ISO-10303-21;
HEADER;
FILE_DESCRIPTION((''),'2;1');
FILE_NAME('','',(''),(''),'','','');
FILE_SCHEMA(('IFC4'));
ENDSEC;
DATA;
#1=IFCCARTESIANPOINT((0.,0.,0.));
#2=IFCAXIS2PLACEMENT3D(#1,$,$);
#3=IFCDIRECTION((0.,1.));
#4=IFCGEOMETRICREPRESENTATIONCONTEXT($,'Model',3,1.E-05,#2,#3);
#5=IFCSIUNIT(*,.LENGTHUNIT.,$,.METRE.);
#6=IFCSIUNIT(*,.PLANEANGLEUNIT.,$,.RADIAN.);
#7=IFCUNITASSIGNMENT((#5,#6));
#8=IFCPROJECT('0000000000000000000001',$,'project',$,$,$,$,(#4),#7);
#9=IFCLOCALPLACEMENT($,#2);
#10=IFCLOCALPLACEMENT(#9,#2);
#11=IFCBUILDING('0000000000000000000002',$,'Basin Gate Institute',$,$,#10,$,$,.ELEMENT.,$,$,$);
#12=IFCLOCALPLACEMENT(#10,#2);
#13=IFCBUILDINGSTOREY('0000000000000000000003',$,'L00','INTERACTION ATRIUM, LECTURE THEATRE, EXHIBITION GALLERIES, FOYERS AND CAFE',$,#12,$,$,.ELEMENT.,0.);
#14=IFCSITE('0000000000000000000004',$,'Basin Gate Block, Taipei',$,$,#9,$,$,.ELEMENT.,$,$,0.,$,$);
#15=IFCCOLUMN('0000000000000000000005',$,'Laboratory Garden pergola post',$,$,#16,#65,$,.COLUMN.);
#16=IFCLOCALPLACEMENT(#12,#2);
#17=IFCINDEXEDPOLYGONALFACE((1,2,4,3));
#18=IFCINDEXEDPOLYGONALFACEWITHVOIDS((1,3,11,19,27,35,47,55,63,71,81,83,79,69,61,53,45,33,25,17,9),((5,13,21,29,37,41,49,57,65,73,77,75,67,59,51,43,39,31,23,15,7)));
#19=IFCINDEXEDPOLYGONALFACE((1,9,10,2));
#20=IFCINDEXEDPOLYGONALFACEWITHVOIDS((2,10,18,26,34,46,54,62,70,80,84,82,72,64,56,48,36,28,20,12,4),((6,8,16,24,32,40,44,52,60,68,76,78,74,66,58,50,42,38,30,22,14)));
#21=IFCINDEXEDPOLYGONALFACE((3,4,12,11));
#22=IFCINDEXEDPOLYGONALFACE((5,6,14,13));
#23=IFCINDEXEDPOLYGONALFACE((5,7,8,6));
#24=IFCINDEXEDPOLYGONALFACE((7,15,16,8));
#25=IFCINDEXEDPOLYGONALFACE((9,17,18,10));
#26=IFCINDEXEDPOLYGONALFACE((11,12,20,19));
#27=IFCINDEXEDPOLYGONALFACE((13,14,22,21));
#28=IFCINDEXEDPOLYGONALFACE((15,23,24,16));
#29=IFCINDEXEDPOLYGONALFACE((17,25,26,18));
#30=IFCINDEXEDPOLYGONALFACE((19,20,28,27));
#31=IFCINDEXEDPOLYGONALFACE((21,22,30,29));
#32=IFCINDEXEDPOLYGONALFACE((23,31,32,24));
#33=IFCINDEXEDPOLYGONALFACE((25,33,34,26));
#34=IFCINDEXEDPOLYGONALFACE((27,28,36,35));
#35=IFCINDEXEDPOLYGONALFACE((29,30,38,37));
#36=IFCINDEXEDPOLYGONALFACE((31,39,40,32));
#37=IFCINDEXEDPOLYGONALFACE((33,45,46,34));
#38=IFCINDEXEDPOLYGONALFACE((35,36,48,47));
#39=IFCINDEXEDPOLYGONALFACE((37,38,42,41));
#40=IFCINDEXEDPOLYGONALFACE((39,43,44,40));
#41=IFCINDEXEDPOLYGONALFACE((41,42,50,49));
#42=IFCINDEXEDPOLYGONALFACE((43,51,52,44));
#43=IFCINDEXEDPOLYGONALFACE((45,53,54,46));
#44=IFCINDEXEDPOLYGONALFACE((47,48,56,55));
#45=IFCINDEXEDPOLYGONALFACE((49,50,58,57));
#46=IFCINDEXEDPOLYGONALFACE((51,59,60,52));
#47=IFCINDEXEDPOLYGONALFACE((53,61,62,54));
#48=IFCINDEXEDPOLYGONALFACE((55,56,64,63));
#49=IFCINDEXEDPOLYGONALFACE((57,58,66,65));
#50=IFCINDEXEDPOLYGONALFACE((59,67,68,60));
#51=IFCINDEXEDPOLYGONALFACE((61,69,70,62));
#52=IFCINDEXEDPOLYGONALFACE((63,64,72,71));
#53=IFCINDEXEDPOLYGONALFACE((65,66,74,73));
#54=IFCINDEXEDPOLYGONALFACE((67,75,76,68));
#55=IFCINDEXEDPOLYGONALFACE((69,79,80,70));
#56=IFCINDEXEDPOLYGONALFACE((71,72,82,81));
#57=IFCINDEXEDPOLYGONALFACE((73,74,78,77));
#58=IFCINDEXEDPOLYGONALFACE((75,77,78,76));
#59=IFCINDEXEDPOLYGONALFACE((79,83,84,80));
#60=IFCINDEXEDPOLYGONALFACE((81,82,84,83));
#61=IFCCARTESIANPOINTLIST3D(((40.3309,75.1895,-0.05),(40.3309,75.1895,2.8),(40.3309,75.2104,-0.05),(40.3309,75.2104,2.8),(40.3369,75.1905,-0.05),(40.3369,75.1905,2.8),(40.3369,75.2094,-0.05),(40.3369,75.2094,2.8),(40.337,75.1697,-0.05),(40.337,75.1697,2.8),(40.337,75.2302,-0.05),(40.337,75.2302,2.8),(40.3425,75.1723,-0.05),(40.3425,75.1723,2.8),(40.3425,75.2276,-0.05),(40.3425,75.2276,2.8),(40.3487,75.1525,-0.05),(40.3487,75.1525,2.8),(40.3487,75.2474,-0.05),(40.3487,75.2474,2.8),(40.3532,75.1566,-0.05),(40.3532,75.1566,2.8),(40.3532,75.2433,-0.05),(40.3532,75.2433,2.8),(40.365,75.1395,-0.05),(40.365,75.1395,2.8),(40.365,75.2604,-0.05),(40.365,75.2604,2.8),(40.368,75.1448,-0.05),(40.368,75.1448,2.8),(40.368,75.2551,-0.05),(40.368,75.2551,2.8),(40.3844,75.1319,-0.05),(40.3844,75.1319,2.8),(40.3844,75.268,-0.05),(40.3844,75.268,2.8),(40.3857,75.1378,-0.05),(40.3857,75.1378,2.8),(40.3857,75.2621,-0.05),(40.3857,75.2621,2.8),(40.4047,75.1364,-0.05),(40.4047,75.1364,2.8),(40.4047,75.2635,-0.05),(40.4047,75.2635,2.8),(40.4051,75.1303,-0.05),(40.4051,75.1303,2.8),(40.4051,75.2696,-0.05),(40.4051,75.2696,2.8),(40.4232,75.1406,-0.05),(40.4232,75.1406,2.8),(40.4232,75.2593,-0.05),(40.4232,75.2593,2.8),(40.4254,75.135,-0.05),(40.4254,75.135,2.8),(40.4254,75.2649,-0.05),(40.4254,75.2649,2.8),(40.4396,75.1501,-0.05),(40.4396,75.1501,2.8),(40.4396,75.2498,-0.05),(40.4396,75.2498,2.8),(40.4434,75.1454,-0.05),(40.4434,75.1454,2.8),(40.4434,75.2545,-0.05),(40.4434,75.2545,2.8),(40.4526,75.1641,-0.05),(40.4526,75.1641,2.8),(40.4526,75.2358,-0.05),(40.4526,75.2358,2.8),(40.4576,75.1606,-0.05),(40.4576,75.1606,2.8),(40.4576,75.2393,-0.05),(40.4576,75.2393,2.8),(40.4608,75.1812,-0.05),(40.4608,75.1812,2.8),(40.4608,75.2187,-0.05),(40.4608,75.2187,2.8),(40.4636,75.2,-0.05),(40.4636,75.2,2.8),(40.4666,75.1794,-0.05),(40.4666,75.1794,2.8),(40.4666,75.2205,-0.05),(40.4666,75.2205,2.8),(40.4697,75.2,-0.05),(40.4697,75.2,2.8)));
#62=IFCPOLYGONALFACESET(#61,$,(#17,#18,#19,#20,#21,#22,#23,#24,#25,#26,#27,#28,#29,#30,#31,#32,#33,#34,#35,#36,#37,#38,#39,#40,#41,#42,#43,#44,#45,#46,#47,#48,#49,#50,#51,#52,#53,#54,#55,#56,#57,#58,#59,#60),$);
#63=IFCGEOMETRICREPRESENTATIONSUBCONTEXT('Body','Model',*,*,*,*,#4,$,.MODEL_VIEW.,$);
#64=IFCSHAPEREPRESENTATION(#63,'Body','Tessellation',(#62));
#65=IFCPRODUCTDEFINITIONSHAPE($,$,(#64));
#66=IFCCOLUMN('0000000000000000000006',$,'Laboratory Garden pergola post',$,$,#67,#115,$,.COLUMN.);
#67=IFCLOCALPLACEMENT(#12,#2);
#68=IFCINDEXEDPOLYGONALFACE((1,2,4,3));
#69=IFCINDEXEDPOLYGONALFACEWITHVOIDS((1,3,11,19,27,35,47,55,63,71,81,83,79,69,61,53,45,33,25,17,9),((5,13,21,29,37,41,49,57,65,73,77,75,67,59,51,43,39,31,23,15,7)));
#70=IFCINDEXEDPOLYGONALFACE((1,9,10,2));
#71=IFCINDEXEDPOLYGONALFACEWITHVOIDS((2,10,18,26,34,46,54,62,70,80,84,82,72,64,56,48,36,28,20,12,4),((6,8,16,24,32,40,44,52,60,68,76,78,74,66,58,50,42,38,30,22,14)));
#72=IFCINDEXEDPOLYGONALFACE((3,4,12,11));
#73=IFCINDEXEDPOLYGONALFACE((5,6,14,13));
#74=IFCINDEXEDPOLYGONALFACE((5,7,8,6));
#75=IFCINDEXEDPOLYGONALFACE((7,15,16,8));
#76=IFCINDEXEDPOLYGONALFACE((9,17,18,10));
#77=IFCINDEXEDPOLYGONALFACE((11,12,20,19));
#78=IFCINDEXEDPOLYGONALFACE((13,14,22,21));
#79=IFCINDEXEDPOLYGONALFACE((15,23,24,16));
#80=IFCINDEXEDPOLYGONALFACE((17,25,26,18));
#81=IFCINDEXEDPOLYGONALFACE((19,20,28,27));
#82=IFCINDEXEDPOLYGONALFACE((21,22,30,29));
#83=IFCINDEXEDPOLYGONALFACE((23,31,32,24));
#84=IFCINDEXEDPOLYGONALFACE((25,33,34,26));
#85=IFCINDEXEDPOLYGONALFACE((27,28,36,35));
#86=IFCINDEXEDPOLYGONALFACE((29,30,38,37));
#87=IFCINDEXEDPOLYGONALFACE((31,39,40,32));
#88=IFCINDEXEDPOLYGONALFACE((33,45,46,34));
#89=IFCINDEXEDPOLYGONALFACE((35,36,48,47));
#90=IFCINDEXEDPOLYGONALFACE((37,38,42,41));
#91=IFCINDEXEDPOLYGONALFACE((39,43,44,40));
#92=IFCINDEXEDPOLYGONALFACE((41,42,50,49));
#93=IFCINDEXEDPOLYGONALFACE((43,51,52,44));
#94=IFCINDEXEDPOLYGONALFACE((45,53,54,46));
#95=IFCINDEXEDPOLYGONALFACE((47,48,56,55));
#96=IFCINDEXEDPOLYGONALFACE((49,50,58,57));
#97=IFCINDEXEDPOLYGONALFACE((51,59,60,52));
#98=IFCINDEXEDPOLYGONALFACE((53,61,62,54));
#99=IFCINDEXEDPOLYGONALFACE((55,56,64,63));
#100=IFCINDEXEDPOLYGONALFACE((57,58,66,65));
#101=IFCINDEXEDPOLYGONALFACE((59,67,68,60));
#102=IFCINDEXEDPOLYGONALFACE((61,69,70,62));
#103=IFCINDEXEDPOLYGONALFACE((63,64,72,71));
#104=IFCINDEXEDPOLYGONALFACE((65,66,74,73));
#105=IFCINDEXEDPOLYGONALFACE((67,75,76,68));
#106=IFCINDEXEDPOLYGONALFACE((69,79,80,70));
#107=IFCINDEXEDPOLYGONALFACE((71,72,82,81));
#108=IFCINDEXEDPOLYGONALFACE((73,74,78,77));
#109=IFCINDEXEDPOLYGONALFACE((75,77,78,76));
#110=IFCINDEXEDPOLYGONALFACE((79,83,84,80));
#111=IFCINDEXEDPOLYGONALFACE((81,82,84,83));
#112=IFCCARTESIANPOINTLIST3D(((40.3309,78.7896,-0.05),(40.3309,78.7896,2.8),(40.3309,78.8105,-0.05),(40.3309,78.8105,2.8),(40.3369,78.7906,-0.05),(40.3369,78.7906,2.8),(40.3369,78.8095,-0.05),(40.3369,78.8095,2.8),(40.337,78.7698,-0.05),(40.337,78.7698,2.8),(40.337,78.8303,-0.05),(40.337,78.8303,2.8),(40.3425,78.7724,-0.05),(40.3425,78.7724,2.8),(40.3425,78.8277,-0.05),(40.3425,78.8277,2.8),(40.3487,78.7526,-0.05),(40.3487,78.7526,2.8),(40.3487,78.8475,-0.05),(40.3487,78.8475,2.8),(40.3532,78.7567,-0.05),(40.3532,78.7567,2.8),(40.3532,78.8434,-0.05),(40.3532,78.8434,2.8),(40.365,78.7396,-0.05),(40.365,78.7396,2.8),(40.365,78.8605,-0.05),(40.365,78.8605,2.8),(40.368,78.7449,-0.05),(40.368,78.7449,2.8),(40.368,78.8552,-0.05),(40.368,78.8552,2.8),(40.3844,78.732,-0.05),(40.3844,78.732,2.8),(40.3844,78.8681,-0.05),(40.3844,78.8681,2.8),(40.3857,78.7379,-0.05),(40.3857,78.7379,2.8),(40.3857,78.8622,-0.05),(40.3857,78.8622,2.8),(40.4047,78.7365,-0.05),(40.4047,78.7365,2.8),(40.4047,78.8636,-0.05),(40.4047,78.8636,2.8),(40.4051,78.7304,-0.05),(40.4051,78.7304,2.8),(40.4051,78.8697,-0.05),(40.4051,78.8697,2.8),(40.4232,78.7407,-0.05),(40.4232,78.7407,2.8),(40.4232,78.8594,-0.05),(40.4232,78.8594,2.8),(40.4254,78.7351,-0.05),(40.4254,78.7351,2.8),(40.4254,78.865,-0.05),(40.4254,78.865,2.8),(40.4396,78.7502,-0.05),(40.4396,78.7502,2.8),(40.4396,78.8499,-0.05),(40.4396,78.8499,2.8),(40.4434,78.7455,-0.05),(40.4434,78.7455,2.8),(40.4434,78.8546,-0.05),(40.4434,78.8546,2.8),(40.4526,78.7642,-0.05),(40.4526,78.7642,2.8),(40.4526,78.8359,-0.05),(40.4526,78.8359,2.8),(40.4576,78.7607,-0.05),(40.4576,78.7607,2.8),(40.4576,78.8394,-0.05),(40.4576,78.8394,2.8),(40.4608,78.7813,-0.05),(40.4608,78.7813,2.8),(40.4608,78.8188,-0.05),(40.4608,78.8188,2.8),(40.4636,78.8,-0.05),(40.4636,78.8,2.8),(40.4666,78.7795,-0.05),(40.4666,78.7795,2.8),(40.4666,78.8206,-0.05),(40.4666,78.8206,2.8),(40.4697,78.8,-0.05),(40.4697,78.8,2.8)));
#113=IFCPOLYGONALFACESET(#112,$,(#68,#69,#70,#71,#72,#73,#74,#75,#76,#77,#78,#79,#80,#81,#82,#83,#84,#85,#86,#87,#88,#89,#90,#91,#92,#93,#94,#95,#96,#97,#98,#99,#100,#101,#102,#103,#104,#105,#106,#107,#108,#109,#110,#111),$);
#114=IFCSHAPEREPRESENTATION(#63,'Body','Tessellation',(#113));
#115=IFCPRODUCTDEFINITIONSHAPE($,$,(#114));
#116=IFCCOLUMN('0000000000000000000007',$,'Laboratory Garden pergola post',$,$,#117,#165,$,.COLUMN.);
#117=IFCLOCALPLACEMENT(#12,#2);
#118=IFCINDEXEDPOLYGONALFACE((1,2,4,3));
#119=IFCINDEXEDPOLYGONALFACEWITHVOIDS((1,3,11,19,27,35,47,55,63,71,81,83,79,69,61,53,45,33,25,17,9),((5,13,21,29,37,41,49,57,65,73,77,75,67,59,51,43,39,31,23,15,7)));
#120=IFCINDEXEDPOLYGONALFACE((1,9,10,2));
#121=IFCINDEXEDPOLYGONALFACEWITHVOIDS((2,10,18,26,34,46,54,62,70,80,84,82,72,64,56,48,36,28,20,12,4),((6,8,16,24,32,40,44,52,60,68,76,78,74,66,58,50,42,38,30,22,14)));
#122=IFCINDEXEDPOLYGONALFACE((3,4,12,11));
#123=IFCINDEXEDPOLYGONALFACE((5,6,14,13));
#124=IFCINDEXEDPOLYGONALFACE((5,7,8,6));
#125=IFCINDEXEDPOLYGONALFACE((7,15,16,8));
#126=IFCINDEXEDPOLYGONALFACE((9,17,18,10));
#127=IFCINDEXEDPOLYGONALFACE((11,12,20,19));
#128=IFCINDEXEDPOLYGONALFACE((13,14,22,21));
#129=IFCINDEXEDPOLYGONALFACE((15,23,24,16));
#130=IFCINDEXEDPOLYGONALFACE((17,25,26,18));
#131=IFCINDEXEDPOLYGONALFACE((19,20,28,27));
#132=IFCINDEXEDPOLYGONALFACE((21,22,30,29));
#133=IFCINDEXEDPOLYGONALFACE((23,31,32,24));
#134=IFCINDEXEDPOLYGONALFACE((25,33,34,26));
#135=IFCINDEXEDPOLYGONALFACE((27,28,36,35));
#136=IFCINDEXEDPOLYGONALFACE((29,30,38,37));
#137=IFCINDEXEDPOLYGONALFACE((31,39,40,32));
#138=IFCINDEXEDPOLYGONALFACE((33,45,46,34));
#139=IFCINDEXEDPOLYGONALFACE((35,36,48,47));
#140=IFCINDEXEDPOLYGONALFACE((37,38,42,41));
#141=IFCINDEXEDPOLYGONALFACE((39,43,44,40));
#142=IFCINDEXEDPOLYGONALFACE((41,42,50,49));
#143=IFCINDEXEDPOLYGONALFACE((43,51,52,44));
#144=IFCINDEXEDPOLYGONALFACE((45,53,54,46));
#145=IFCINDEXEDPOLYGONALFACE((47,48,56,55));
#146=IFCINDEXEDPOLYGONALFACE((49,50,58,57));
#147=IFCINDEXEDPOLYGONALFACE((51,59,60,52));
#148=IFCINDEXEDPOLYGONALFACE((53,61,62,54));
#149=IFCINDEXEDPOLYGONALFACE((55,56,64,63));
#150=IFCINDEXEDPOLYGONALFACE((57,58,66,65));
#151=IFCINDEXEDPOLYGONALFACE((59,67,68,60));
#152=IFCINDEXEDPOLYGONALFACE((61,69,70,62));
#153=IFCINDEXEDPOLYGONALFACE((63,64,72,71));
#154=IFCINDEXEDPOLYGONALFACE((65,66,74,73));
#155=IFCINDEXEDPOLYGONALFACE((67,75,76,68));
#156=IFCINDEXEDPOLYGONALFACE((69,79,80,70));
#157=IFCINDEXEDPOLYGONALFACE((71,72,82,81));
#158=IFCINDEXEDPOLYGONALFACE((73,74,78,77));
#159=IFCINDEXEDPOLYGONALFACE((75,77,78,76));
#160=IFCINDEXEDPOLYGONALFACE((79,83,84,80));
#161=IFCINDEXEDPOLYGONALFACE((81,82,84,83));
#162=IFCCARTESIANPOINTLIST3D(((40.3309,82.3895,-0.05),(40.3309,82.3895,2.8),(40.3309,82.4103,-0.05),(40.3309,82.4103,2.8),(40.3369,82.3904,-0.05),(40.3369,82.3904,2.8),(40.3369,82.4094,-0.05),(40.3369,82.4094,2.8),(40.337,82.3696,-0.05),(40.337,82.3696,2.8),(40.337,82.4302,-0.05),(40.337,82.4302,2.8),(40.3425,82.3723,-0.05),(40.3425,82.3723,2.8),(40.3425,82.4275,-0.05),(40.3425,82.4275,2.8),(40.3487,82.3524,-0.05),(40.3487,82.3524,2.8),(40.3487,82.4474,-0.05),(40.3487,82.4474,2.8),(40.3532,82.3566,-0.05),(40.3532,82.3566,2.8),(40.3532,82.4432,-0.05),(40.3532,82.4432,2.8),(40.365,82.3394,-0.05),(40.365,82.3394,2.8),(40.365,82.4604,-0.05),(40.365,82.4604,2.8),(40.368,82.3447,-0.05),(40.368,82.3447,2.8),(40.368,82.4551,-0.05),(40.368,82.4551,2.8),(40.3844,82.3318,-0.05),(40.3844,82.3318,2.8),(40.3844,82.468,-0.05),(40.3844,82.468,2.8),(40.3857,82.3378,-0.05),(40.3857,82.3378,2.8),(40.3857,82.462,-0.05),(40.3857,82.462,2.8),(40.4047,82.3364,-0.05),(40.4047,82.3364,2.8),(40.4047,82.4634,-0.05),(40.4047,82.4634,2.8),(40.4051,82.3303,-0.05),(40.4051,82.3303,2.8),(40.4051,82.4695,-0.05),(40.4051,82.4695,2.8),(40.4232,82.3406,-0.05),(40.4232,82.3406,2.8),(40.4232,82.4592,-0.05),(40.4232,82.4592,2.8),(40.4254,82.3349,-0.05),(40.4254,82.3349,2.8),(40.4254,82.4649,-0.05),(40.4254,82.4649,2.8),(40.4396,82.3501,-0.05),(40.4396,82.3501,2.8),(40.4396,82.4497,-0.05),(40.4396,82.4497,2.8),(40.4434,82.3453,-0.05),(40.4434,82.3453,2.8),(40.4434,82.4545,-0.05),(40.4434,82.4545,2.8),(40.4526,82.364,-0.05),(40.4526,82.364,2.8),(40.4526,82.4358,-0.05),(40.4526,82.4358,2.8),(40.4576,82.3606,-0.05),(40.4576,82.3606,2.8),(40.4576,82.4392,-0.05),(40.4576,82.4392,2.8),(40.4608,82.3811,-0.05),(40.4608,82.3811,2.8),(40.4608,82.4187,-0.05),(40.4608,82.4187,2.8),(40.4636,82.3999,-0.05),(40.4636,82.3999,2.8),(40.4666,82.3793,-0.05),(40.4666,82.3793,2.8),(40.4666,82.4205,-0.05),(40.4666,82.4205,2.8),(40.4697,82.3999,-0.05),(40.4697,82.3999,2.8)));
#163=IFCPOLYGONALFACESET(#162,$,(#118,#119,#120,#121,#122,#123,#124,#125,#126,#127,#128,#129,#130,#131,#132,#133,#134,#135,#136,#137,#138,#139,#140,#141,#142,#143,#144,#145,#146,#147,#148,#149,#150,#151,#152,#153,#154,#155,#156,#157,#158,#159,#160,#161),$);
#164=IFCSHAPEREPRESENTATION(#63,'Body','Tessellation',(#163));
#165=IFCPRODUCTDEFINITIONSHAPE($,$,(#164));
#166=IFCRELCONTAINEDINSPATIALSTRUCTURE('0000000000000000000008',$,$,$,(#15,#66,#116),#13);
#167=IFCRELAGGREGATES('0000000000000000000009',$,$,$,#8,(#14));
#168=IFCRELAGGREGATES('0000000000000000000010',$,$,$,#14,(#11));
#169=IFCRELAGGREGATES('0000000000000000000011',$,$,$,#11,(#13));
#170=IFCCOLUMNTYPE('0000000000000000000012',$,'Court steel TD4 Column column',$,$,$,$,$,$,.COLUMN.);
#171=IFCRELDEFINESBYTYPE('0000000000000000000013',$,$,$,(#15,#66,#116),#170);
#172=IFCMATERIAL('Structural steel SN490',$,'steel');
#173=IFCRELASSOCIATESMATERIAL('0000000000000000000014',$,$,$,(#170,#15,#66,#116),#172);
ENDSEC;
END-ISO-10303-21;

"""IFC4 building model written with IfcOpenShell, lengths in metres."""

from ifc_helpers import new_model, si_unit, direction, frame, origin, origin_2d, place, context, subcontext, project, spatial, hollow_circle, extrude, material, material_profile, profile_set, type_object, element, save


model = new_model("IFC4")

# Units and contexts
model_context = context("Model", 3, precision=1e-05, world=origin(), true_north=direction((0.0, 1.0)))
body_context = subcontext(model_context, "Body", "Model", "MODEL_VIEW")
ifc_project = project(units=[si_unit("LENGTHUNIT", "METRE"), si_unit("PLANEANGLEUNIT", "RADIAN")], contexts=[model_context])

# Site, building, storey
site_placement = place(None, origin())
site = spatial("IfcSite", under=ifc_project, at=site_placement, Name="Basin Gate Block, Taipei", CompositionType="ELEMENT", RefElevation=0.0)
building_placement = place(site_placement, origin())
building = spatial("IfcBuilding", under=site, at=building_placement, Name="Basin Gate Institute", CompositionType="ELEMENT")
storey_placement = place(building_placement, origin())
storey = spatial("IfcBuildingStorey", under=building, at=storey_placement, Name="L00", Description="INTERACTION ATRIUM, LECTURE THEATRE, EXHIBITION GALLERIES, FOYERS AND CAFE", CompositionType="ELEMENT", Elevation=0.0)

# Columns
ifc_material_1 = material(Name="Structural steel SN490", Category="steel")
ifc_material_profile_1 = material_profile(ifc_material_1, hollow_circle(Radius=0.0698, WallThickness=0.0061, at=origin_2d()), Name="CHS139x6")
ifc_profile_set_1 = profile_set([ifc_material_profile_1], Name="Structural steel SN490")
column_type = type_object("IfcColumnType", Name="Court steel TD4 Column column", PredefinedType="COLUMN", material=ifc_profile_set_1)
for number, where, z_axis, x_axis, name in (
    (1, (40.3999, 75.2, -0.05), (0.0, 0.0, 1.0), (1.0, 0.0, 0.0), "Laboratory Garden pergola post"),
    (2, (40.3999, 78.8, -0.05), (0.0, 0.0, 1.0), (1.0, 0.0, 0.0), "Laboratory Garden pergola post"),
    (3, (40.3999, 82.3999, -0.05), (0.0, 0.0, 1.0), (1.0, 0.0, 0.0), "Laboratory Garden pergola post"),
):
    element("IfcColumn", number, at=place(storey_placement, frame(where, z_axis=z_axis, x_axis=x_axis)), inside=storey, type_object=column_type, material=ifc_profile_set_1, Name=name, PredefinedType="COLUMN", context=body_context, shape_type="SweptSolid", body=[
        extrude(hollow_circle(Radius=0.0698, WallThickness=0.0061, at=origin_2d()), origin(), (0.0, 0.0, 1.0), 2.8501),
    ])

save(model, "model.ifc")
